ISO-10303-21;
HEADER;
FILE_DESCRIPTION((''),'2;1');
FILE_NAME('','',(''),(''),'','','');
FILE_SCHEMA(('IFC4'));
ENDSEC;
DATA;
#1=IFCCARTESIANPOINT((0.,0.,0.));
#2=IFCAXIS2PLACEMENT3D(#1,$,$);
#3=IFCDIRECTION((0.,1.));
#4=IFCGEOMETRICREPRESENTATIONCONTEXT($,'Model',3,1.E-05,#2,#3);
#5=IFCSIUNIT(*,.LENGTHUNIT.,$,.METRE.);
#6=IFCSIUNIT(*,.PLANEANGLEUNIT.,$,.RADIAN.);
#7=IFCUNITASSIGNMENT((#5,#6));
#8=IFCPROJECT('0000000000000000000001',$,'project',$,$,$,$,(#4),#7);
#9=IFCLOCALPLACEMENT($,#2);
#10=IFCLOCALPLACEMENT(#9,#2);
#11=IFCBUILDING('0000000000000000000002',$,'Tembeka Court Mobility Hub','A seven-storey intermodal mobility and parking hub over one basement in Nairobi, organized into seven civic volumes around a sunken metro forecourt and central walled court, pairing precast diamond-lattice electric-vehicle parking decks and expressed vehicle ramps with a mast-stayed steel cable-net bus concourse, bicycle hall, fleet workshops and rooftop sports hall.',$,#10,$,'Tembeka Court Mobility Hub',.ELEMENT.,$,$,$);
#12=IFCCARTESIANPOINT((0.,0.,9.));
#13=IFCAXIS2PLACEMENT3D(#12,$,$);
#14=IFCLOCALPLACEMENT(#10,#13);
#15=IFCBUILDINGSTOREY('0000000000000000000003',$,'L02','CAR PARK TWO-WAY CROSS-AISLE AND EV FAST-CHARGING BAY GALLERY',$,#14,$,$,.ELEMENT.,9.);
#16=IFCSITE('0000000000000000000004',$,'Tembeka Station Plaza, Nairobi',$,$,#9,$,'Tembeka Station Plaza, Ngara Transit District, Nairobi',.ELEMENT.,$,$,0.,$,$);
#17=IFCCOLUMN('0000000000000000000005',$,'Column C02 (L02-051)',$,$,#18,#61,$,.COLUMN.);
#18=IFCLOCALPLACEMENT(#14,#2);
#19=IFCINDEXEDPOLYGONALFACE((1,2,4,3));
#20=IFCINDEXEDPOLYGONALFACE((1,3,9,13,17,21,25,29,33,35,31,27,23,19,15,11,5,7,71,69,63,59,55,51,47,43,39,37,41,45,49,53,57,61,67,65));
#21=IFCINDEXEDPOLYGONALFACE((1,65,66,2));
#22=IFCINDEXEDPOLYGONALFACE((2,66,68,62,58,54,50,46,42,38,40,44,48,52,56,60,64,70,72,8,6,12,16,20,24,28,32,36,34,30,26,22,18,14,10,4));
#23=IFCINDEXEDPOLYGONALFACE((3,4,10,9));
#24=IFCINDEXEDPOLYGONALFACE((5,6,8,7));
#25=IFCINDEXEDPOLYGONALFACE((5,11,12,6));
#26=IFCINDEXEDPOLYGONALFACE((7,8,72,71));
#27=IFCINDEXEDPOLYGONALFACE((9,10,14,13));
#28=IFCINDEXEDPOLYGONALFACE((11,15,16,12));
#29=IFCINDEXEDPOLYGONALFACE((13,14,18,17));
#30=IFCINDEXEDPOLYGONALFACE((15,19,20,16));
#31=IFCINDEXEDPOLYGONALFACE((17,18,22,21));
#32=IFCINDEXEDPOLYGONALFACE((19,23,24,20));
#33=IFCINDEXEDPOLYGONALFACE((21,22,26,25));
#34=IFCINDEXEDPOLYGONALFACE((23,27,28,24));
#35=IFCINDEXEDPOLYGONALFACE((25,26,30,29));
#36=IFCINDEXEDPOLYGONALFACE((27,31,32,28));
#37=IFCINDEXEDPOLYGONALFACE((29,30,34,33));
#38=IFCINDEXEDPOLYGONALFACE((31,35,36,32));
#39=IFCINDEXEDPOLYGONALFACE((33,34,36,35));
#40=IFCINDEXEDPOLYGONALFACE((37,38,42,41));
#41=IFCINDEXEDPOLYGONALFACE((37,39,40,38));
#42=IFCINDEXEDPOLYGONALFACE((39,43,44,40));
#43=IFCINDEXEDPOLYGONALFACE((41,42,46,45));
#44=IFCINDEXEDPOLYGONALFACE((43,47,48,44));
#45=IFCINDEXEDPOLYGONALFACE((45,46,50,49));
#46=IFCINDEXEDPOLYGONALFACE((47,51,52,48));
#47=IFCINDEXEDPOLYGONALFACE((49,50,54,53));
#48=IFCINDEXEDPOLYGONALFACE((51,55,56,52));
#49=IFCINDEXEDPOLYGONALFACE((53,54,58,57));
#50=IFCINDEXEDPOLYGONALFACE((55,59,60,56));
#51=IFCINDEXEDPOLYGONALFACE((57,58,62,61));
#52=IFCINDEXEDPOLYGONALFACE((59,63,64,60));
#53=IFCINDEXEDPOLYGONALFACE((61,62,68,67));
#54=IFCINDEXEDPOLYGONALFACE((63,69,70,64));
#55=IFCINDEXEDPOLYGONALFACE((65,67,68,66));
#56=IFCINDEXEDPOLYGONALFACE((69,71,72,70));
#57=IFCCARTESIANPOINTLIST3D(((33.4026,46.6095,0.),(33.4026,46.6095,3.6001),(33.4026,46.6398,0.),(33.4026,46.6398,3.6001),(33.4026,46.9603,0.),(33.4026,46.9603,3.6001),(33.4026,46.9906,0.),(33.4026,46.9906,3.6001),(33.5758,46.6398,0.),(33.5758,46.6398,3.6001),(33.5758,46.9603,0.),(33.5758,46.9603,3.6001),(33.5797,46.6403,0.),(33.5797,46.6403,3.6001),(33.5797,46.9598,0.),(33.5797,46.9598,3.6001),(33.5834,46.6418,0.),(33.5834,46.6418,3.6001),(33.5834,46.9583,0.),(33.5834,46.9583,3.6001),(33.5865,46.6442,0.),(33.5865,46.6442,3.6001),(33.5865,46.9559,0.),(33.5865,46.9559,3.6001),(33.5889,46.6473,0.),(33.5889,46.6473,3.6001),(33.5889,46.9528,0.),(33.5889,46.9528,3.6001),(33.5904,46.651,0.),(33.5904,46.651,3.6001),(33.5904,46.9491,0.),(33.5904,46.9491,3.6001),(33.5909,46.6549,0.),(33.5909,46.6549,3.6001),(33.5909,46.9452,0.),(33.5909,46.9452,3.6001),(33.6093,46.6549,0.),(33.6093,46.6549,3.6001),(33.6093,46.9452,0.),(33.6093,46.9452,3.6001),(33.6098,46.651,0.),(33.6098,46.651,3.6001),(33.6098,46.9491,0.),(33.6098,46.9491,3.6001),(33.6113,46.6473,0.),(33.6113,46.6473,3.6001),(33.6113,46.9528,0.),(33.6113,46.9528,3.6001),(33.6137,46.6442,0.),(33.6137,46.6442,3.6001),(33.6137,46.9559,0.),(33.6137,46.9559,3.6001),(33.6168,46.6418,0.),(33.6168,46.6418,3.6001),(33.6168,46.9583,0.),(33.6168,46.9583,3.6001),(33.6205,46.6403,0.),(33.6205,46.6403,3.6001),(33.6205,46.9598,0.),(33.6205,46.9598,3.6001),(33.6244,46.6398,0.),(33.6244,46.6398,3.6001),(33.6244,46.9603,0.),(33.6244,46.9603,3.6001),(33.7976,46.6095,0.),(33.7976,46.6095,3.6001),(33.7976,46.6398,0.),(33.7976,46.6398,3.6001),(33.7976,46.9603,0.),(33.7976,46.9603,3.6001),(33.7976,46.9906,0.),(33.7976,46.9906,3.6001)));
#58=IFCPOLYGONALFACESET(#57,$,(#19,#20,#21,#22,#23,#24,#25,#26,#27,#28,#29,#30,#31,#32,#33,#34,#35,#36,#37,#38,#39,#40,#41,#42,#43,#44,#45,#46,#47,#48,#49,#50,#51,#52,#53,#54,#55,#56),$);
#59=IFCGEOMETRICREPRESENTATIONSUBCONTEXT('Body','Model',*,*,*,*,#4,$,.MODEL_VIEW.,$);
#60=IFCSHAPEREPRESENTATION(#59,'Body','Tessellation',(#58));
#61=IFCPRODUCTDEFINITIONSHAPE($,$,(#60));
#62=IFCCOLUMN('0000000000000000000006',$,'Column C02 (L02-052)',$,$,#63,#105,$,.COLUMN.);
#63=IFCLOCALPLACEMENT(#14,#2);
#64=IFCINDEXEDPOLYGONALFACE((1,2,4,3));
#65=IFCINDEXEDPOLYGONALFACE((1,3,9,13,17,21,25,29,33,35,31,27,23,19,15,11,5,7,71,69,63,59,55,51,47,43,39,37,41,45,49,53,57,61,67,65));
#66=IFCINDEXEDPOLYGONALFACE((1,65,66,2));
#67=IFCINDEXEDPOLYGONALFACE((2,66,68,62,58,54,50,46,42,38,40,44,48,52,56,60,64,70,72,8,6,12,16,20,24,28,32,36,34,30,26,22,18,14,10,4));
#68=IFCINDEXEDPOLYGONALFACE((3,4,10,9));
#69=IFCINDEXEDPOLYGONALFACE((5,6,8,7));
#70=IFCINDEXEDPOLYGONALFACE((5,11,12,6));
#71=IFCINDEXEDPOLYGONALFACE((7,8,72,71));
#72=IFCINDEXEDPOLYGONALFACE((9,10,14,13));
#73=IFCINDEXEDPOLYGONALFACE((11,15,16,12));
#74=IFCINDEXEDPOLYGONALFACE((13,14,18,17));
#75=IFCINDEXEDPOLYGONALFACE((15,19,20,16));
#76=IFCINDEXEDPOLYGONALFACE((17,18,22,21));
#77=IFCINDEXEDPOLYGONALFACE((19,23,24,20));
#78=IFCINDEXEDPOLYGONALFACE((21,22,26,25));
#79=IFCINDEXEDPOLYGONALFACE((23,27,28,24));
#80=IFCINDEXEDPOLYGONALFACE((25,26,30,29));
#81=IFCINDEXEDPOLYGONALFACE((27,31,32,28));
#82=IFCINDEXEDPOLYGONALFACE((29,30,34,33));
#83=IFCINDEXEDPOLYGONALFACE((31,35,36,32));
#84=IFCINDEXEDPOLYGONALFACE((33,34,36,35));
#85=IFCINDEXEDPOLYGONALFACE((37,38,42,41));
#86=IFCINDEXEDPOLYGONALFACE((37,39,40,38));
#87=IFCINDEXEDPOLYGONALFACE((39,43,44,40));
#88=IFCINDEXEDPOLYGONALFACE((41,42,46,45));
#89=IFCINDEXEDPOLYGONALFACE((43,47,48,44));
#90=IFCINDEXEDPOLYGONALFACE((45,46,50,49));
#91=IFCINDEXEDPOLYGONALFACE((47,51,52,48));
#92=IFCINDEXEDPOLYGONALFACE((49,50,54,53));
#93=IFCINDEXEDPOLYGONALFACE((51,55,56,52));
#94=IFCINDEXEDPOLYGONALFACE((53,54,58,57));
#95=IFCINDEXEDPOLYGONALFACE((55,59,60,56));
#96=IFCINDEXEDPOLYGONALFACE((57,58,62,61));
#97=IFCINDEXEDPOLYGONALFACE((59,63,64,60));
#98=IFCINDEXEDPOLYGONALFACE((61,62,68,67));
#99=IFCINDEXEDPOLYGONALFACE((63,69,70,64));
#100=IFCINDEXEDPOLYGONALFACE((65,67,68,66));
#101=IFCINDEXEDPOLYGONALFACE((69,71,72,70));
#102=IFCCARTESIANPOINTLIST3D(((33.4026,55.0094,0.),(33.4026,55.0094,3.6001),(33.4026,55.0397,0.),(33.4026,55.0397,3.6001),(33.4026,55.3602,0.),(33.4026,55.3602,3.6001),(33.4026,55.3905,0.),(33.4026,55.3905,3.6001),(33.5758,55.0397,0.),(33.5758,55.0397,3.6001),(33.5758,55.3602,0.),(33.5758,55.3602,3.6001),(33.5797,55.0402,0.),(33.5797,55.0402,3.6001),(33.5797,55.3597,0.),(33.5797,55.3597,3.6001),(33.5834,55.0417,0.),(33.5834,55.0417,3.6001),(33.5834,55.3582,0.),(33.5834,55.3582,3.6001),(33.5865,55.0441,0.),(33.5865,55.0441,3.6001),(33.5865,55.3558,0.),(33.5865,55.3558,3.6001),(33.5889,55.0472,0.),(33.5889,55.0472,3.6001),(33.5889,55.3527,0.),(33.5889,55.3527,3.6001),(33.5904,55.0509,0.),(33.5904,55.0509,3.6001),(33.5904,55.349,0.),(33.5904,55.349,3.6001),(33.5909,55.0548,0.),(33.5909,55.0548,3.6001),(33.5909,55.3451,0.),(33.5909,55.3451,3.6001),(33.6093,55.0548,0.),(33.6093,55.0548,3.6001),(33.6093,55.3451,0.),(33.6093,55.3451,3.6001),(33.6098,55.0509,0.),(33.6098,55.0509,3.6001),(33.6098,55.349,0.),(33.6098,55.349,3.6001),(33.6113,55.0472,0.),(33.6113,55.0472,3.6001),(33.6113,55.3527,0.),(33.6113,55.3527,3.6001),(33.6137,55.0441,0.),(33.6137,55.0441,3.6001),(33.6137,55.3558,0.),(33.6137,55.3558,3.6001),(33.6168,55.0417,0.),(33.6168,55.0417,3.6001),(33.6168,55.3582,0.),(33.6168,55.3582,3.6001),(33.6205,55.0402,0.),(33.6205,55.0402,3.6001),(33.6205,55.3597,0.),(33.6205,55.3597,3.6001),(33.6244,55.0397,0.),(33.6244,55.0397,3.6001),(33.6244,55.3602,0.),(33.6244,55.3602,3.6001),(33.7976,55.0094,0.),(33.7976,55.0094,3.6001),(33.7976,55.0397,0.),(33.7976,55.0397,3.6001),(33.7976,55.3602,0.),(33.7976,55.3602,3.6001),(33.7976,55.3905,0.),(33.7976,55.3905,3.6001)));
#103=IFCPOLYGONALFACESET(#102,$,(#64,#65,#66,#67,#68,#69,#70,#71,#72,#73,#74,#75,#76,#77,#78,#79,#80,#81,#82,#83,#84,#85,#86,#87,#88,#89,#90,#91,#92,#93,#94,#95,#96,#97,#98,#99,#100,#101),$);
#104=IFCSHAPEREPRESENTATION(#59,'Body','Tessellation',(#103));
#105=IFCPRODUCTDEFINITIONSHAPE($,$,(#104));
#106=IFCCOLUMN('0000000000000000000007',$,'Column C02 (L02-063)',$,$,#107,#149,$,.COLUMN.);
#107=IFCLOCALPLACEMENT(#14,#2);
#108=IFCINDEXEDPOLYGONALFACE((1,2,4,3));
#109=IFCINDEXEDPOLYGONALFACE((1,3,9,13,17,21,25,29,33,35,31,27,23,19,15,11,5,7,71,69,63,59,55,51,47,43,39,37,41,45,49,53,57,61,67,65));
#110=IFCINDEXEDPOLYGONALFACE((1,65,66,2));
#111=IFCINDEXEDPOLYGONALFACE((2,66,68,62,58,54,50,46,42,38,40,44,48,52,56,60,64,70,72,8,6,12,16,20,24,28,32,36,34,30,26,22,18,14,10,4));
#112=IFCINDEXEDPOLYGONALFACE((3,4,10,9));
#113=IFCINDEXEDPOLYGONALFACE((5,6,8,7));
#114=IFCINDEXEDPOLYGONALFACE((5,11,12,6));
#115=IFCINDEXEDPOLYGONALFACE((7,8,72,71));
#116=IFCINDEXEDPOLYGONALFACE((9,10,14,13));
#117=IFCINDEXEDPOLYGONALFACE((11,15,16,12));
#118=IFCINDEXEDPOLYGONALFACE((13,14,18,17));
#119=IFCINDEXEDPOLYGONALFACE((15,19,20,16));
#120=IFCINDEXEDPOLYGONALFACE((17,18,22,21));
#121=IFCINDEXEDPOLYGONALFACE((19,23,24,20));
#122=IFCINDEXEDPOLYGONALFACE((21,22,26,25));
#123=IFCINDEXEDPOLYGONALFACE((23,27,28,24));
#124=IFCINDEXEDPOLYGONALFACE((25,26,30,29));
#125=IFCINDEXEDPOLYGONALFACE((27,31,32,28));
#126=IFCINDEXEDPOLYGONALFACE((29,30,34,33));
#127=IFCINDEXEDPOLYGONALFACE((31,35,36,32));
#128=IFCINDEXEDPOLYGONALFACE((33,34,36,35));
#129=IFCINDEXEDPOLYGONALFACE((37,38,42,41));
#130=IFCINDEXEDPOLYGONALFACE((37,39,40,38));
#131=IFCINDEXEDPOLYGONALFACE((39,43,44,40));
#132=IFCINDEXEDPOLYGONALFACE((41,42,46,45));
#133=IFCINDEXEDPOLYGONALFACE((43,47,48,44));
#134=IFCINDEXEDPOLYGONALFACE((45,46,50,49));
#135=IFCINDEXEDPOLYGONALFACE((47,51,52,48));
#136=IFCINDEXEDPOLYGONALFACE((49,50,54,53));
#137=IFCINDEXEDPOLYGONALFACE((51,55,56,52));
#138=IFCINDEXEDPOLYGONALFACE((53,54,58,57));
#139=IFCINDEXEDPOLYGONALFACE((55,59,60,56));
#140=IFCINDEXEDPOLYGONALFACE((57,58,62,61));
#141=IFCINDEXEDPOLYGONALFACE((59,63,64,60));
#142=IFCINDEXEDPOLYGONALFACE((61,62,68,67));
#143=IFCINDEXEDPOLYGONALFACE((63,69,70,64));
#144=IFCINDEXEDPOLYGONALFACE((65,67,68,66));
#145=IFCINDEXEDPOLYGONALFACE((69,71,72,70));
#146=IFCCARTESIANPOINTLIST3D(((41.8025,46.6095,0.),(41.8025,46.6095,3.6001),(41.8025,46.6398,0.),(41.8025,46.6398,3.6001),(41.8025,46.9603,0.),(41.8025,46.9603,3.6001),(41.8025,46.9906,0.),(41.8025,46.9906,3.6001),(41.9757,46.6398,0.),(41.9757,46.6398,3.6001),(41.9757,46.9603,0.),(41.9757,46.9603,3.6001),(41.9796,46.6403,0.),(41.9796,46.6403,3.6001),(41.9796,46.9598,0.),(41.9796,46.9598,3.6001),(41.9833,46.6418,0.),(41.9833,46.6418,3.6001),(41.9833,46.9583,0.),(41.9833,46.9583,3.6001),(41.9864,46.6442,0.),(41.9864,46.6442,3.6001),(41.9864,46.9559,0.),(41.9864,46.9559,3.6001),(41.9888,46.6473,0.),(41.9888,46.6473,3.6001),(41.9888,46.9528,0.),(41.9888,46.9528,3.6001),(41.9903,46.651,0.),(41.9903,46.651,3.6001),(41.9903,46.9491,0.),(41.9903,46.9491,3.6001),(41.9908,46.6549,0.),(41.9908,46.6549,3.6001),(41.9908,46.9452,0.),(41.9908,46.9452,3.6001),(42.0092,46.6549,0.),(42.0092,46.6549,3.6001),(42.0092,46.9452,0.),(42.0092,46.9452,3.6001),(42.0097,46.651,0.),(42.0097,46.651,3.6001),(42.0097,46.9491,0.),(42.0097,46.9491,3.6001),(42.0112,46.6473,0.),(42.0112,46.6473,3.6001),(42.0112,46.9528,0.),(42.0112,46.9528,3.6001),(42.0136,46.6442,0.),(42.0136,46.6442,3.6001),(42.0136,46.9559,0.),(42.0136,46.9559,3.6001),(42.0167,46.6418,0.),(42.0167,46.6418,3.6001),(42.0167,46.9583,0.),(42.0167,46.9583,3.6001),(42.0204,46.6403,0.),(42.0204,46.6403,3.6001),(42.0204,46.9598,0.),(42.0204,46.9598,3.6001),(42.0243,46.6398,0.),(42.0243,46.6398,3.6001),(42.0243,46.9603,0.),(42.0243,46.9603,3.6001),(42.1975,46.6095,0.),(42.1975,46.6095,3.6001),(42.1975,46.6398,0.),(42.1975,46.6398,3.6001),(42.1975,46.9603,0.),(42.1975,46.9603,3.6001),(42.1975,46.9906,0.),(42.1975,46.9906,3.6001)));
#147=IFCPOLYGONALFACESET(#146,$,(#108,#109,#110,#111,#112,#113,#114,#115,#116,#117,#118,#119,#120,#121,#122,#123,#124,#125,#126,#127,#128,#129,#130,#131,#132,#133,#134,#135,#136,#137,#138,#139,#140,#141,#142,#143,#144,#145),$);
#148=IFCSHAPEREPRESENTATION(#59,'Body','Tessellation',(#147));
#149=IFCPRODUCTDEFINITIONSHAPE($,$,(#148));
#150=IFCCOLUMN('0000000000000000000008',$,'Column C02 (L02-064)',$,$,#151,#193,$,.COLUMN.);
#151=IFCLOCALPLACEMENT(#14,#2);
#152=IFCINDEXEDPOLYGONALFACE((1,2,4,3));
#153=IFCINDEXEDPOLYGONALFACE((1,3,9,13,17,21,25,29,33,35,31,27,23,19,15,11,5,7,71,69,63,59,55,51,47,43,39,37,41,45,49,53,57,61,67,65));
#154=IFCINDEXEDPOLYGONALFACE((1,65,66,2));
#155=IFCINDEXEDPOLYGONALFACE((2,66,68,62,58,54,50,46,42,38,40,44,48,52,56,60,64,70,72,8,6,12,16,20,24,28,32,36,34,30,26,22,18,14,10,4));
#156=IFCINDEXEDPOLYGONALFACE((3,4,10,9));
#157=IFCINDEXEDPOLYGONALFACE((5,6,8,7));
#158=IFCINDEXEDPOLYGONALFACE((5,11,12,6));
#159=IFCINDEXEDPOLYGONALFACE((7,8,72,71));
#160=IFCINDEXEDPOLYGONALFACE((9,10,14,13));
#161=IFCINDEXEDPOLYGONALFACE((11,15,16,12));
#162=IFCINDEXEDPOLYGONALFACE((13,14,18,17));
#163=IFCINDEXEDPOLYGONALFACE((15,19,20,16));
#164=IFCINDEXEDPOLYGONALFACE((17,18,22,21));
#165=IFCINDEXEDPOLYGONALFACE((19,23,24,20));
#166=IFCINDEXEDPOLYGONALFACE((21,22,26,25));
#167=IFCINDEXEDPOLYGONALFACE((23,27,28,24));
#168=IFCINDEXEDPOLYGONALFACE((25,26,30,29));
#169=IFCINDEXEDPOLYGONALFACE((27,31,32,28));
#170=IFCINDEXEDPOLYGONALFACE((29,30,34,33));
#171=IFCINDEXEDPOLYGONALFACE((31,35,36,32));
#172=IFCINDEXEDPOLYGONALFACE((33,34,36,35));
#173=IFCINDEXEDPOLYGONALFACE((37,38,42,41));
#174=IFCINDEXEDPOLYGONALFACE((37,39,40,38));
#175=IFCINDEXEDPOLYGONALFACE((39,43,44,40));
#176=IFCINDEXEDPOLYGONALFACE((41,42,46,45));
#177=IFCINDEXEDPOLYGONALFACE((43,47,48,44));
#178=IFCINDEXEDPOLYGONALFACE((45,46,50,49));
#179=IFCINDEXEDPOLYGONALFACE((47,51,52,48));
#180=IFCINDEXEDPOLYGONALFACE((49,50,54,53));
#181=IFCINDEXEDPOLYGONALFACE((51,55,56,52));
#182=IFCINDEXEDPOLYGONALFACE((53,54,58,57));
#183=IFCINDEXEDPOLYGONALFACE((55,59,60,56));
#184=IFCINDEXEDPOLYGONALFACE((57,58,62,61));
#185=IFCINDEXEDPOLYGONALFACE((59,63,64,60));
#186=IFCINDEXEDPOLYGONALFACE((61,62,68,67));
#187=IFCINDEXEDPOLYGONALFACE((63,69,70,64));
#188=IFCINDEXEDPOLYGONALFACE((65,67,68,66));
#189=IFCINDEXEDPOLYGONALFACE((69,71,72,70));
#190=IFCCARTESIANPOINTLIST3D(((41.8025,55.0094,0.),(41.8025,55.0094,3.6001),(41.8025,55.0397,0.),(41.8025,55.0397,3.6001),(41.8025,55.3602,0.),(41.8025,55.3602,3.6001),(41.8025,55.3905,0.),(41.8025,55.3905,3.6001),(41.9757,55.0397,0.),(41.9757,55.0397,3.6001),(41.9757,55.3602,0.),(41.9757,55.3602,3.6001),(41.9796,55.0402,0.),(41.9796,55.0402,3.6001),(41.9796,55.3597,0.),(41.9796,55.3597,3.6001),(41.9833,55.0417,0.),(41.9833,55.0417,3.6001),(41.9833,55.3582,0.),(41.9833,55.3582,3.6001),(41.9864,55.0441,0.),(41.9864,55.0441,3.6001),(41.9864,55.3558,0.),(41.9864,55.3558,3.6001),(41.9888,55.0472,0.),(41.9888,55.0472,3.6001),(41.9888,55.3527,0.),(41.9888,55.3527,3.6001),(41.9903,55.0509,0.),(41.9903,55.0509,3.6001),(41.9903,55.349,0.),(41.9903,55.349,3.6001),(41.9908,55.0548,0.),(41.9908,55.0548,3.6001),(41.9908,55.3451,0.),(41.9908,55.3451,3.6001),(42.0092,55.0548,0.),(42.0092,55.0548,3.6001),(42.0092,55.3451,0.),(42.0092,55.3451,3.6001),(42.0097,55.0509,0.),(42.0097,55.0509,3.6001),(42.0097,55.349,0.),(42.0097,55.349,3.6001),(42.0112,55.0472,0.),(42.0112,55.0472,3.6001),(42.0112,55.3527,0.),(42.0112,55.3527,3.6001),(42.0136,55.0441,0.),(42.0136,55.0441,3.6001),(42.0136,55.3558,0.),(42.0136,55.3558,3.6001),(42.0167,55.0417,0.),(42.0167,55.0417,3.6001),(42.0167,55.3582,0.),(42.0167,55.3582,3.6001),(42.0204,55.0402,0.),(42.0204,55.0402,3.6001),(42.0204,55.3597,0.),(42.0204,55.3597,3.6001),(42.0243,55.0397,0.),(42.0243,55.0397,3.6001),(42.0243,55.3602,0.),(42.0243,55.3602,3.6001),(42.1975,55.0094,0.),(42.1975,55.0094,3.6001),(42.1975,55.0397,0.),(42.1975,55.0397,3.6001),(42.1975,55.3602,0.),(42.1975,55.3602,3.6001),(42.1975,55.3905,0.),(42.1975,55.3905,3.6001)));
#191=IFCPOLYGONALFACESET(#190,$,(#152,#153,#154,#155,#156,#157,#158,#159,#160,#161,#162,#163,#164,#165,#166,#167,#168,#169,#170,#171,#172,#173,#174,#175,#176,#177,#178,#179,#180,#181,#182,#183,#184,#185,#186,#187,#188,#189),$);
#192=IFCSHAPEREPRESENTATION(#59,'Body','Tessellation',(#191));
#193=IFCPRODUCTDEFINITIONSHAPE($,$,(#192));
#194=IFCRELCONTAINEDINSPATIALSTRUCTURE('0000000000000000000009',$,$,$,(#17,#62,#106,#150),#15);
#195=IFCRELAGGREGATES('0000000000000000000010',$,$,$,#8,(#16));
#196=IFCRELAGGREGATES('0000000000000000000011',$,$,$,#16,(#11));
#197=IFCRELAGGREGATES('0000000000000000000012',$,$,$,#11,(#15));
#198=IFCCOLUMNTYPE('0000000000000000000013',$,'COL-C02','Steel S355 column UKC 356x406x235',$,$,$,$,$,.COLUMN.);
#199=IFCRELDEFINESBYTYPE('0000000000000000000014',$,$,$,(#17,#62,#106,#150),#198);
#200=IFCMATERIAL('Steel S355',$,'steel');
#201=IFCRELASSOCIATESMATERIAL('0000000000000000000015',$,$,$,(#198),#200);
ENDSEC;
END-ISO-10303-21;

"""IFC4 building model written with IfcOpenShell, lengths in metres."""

from ifc_helpers import new_model, si_unit, direction, frame, origin, origin_2d, place, context, subcontext, project, spatial, i_section, extrude, material, material_profile, profile_set, type_object, element, save


model = new_model("IFC4")

# Units and contexts
model_context = context("Model", 3, precision=1e-05, world=origin(), true_north=direction((0.0, 1.0)))
body_context = subcontext(model_context, "Body", "Model", "MODEL_VIEW")
ifc_project = project(units=[si_unit("LENGTHUNIT", "METRE"), si_unit("PLANEANGLEUNIT", "RADIAN")], contexts=[model_context])

# Site, building, storey
site_placement = place(None, origin())
site = spatial("IfcSite", under=ifc_project, at=site_placement, Name="Tembeka Station Plaza, Nairobi", LongName="Tembeka Station Plaza, Ngara Transit District, Nairobi", CompositionType="ELEMENT", RefElevation=0.0)
building_placement = place(site_placement, origin())
building = spatial("IfcBuilding", under=site, at=building_placement, Name="Tembeka Court Mobility Hub", Description="A seven-storey intermodal mobility and parking hub over one basement in Nairobi, organized into seven civic volumes around a sunken metro forecourt and central walled court, pairing precast diamond-lattice electric-vehicle parking decks and expressed vehicle ramps with a mast-stayed steel cable-net bus concourse, bicycle hall, fleet workshops and rooftop sports hall.", LongName="Tembeka Court Mobility Hub", CompositionType="ELEMENT")
storey_placement = place(building_placement, frame((0.0, 0.0, 9.0)))
storey = spatial("IfcBuildingStorey", under=building, at=storey_placement, Name="L02", Description="CAR PARK TWO-WAY CROSS-AISLE AND EV FAST-CHARGING BAY GALLERY", CompositionType="ELEMENT", Elevation=9.0)

# Columns
ifc_material_1 = material(Name="Steel S355", Category="steel")
ifc_material_profile_1 = material_profile(ifc_material_1, i_section(OverallWidth=0.395, OverallDepth=0.3811, WebThickness=0.0183, FlangeThickness=0.0303, FilletRadius=0.0151, at=origin_2d()), Name="UKC 356x406x235")
ifc_profile_set_1 = profile_set([ifc_material_profile_1], Name="Steel S355")
column_type_1 = type_object("IfcColumnType", Name="COL-C02", Description="Steel S355 column UKC 356x406x235", PredefinedType="COLUMN", material=ifc_profile_set_1)
for number, where, z_axis, x_axis, name in (
    (1, (33.6001, 46.8, 0.0), (0.0, 0.0, 1.0), (1.0, 0.0, 0.0), "Column C02 (L02-051)"),
    (2, (33.6001, 55.2, 0.0), (0.0, 0.0, 1.0), (1.0, 0.0, 0.0), "Column C02 (L02-052)"),
    (3, (42.0, 46.8, 0.0), (0.0, 0.0, 1.0), (1.0, 0.0, 0.0), "Column C02 (L02-063)"),
    (4, (42.0, 55.2, 0.0), (0.0, 0.0, 1.0), (1.0, 0.0, 0.0), "Column C02 (L02-064)"),
):
    element("IfcColumn", number, at=place(storey_placement, frame(where, z_axis=z_axis, x_axis=x_axis)), inside=storey, type_object=column_type_1, Name=name, PredefinedType="COLUMN", context=body_context, shape_type="SweptSolid", body=[
        extrude(i_section(OverallWidth=0.395, OverallDepth=0.3811, WebThickness=0.0183, FlangeThickness=0.0303, FilletRadius=0.0151, at=origin_2d()), origin(), (0.0, 0.0, 1.0), 3.6001),
    ])

save(model, "model.ifc")
